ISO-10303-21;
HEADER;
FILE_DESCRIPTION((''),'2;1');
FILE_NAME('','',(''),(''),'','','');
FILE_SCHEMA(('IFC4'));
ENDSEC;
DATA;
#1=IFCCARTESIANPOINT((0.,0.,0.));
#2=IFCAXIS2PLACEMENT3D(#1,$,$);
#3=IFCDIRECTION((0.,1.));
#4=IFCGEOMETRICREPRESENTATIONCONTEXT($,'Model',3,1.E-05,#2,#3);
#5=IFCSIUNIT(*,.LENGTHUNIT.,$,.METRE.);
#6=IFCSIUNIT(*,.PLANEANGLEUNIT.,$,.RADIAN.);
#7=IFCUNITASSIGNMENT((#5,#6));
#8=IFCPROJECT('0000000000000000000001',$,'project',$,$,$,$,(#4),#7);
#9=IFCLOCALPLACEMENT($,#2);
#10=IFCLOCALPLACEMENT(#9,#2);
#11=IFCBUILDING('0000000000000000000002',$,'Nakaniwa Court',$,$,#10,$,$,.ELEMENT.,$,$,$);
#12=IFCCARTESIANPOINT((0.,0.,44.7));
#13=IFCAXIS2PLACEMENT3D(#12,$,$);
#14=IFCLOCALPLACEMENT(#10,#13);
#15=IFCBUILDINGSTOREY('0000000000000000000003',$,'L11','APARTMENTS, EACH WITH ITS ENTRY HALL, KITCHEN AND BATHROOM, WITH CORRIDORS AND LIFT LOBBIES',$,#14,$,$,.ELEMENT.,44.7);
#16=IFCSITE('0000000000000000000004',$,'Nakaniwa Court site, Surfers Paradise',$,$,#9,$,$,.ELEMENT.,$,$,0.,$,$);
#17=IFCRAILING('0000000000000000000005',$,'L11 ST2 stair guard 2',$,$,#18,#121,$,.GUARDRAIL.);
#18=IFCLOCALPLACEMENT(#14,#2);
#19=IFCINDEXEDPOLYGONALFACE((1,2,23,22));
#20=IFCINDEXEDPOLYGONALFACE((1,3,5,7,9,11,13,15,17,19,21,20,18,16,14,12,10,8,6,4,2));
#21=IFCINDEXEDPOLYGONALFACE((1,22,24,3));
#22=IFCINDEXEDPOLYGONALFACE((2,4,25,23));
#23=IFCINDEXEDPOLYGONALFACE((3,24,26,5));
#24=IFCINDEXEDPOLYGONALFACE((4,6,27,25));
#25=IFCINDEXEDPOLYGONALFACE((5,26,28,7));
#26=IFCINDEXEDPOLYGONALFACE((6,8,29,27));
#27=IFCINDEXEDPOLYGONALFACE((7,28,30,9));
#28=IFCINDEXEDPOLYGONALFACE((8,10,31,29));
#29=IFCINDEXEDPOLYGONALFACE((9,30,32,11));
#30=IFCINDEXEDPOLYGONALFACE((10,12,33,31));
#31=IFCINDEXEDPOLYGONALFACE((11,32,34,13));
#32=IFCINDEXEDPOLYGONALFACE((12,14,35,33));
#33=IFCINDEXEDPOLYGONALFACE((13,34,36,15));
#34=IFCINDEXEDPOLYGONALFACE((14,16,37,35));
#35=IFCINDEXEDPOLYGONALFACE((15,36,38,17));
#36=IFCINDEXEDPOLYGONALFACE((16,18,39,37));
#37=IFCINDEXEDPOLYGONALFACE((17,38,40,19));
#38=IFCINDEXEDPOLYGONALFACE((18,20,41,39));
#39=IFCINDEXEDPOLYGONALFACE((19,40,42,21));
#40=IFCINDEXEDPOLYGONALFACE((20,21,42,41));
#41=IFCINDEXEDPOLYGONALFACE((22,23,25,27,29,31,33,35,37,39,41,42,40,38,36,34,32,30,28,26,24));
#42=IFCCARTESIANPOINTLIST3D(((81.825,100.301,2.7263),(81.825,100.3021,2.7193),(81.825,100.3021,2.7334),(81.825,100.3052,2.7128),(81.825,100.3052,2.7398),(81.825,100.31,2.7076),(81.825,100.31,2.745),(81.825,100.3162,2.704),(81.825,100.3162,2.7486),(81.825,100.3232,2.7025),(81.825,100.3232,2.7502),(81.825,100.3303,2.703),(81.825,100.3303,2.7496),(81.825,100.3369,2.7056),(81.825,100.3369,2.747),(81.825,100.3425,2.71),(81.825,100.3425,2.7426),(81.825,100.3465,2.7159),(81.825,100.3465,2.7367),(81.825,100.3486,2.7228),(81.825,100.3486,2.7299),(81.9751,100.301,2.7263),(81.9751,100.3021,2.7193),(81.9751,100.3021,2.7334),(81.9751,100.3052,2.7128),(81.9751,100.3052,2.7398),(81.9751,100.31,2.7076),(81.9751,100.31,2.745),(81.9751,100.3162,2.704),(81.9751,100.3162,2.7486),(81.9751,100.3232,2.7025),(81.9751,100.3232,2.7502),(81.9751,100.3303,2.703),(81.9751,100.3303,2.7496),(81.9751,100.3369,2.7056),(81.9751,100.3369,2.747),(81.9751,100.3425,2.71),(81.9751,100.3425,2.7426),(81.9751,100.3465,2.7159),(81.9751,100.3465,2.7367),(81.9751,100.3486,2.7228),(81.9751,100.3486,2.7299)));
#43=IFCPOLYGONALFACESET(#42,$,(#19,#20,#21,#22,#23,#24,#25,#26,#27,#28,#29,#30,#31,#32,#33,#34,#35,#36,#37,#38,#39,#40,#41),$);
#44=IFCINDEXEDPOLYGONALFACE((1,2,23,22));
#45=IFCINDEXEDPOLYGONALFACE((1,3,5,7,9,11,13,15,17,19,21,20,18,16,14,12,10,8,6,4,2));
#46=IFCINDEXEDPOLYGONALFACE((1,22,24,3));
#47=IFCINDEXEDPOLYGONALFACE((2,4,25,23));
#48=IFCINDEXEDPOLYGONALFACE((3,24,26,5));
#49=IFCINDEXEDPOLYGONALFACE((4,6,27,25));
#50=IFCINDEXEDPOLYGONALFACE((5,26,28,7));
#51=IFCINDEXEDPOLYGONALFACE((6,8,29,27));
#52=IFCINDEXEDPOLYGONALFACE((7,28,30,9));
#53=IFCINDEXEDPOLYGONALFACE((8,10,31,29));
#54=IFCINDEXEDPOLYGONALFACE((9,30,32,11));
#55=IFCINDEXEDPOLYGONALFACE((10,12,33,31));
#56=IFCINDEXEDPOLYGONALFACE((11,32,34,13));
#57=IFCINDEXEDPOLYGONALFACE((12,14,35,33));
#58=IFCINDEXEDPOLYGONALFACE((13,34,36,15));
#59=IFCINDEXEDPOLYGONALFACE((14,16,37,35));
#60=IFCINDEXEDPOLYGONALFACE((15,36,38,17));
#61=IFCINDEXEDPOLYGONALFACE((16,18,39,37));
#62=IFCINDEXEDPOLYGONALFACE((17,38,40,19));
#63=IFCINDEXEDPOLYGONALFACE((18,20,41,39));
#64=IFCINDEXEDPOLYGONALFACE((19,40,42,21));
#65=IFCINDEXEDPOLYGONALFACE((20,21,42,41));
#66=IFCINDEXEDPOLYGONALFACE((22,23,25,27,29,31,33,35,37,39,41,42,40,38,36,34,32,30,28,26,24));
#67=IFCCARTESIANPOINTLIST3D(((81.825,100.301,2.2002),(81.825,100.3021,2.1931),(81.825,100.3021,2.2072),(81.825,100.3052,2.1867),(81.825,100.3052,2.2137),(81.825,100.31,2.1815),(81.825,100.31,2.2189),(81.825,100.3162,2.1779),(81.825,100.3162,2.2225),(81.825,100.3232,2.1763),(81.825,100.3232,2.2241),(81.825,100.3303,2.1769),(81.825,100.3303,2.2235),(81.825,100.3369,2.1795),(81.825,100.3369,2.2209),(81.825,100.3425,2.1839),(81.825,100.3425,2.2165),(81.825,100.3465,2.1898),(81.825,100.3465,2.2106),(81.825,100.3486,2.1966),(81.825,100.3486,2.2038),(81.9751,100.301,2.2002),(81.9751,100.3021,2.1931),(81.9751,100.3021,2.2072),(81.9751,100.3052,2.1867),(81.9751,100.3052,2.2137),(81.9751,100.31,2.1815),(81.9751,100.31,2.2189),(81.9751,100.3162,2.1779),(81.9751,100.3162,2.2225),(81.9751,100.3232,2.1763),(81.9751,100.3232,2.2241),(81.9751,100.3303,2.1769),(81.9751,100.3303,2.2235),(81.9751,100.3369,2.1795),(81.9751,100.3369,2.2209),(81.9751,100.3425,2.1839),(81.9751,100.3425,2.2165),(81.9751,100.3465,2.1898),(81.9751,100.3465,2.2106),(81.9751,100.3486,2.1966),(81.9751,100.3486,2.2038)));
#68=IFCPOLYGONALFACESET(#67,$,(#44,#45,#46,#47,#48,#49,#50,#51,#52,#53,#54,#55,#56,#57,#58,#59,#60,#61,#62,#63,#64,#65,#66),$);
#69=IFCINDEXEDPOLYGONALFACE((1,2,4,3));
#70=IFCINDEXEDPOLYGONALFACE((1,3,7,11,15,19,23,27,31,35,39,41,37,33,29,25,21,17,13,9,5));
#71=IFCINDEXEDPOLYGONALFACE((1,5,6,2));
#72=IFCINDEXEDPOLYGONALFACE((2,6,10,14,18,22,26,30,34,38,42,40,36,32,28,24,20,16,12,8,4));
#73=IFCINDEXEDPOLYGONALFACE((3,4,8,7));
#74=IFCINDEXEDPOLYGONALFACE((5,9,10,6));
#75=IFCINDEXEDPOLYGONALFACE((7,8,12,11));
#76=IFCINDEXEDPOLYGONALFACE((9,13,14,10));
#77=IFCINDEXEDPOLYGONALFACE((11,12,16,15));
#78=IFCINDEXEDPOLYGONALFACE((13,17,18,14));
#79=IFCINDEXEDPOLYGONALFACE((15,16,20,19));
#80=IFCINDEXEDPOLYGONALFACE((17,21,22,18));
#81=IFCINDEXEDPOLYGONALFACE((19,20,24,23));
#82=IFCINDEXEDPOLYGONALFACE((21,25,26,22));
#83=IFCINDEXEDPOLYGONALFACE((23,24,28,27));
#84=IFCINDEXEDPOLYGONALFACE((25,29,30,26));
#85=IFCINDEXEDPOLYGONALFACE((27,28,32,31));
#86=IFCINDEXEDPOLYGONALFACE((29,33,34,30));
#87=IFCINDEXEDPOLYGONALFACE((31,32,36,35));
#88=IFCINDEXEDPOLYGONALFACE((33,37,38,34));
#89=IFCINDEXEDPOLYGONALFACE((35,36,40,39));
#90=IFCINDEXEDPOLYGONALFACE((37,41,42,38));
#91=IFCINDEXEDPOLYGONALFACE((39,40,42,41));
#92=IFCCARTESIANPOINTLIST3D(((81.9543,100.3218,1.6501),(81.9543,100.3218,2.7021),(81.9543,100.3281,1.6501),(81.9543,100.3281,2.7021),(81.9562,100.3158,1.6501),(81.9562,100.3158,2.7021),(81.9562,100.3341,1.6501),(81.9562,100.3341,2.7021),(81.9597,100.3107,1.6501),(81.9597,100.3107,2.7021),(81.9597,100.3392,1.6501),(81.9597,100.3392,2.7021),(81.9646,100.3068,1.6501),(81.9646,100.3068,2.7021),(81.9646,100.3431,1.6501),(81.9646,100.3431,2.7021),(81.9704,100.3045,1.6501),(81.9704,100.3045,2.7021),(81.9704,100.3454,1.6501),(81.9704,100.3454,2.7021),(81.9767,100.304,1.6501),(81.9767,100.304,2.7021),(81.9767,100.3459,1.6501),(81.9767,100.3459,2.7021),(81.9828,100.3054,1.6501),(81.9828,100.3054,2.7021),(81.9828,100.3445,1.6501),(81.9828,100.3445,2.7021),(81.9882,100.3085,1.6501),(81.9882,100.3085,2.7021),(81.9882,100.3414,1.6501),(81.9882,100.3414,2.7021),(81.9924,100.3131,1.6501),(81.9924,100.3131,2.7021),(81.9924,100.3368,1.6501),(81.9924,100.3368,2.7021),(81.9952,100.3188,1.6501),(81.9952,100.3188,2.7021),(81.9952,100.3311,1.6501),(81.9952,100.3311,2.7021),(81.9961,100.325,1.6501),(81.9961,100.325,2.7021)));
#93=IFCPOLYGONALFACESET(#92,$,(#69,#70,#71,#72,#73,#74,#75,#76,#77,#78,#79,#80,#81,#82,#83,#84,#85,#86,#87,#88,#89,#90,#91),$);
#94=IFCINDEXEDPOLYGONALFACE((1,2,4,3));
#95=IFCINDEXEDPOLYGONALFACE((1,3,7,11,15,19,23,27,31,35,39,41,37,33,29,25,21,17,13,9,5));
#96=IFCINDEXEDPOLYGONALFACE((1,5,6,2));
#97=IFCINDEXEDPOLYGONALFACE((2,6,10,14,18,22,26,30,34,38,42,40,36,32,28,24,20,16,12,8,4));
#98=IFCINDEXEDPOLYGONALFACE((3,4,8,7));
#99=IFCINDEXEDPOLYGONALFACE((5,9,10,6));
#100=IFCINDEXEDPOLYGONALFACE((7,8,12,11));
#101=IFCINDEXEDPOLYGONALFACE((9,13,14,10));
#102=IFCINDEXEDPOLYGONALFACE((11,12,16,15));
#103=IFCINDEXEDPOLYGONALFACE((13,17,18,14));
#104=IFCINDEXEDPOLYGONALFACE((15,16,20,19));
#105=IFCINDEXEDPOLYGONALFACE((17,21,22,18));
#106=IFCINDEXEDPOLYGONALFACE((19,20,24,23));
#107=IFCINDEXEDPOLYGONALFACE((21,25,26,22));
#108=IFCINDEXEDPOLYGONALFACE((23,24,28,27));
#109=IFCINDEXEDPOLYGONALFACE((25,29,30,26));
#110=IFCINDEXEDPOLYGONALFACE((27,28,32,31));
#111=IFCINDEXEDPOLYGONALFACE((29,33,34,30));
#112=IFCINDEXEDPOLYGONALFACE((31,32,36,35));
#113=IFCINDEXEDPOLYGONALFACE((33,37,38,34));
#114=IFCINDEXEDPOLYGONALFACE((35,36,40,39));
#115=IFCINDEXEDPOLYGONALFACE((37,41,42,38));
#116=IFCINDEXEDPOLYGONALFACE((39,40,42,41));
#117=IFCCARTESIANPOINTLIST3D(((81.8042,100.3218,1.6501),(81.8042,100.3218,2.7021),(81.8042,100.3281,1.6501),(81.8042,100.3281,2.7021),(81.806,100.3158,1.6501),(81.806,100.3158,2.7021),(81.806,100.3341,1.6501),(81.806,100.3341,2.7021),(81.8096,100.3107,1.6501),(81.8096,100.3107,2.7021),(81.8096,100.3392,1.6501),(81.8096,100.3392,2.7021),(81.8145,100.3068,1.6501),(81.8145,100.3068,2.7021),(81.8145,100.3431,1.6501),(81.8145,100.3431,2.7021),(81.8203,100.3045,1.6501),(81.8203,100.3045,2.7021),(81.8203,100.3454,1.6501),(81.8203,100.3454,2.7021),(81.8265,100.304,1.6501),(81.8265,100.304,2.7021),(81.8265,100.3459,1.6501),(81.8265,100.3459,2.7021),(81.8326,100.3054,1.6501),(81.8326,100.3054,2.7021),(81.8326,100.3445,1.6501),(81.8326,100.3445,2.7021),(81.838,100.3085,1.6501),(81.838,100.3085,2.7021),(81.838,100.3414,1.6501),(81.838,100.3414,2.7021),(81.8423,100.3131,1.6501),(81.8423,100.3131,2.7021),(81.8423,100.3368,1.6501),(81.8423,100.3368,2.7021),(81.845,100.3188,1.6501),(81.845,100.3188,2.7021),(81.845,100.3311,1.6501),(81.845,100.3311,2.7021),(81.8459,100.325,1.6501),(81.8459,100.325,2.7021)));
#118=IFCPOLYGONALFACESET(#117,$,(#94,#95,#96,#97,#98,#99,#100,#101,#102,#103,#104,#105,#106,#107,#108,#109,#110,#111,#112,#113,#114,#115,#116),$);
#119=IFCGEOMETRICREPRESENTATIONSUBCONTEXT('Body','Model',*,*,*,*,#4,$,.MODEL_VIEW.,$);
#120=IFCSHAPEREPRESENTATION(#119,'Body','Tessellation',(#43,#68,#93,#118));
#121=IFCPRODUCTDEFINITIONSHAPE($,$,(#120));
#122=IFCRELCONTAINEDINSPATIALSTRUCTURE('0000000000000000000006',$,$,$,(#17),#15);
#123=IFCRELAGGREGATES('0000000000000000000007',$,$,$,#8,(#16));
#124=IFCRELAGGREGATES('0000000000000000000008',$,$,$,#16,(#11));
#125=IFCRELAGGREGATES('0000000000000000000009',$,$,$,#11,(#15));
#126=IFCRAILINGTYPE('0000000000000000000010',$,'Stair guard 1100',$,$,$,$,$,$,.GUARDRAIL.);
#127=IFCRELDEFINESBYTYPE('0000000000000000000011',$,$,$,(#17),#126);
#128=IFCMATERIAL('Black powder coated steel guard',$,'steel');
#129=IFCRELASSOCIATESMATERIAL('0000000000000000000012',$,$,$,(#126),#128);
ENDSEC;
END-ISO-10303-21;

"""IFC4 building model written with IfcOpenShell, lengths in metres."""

from ifc_helpers import new_model, si_unit, direction, frame, origin, origin_2d, place, context, subcontext, project, spatial, circle, extrude, material, type_object, element, save


model = new_model("IFC4")

# Units and contexts
model_context = context("Model", 3, precision=1e-05, world=origin(), true_north=direction((0.0, 1.0)))
body_context = subcontext(model_context, "Body", "Model", "MODEL_VIEW")
ifc_project = project(units=[si_unit("LENGTHUNIT", "METRE"), si_unit("PLANEANGLEUNIT", "RADIAN")], contexts=[model_context])

# Site, building, storey
site_placement = place(None, origin())
site = spatial("IfcSite", under=ifc_project, at=site_placement, Name="Nakaniwa Court site, Surfers Paradise", CompositionType="ELEMENT", RefElevation=0.0)
building_placement = place(site_placement, origin())
building = spatial("IfcBuilding", under=site, at=building_placement, Name="Nakaniwa Court", CompositionType="ELEMENT")
storey_placement = place(building_placement, frame((0.0, 0.0, 44.7)))
storey = spatial("IfcBuildingStorey", under=building, at=storey_placement, Name="L11", Description="APARTMENTS, EACH WITH ITS ENTRY HALL, KITCHEN AND BATHROOM, WITH CORRIDORS AND LIFT LOBBIES", CompositionType="ELEMENT", Elevation=44.7)

# Railing
ifc_material_1 = material(Name="Black powder coated steel guard", Category="steel")
railing_type_1 = type_object("IfcRailingType", Name="Stair guard 1100", PredefinedType="GUARDRAIL", material=ifc_material_1)
railing_1_placement = place(storey_placement, frame((81.9751, 100.325, 1.6501)))
element("IfcRailing", 1, at=railing_1_placement, inside=storey, type_object=railing_type_1, Name="L11 ST2 stair guard 2", PredefinedType="GUARDRAIL", context=body_context, shape_type="SweptSolid", body=[
    extrude(circle(Radius=0.0239, at=origin_2d()), frame((0.0, 0.0, 1.0762), z_axis=(-1.0, 0.0, 0.0), x_axis=(0.0, -1.0, 0.0)), (0.0, 0.0, 1.0), 0.1501),
    extrude(circle(Radius=0.0239, at=origin_2d()), frame((0.0, 0.0, 0.55), z_axis=(-1.0, 0.0, 0.0), x_axis=(0.0, -1.0, 0.0)), (0.0, 0.0, 1.0), 0.1501),
    extrude(circle(Radius=0.021, at=origin_2d()), origin(), (0.0, 0.0, 1.0), 1.052),
    extrude(circle(Radius=0.021, at=origin_2d()), frame((-0.1501, 0.0, 0.0)), (0.0, 0.0, 1.0), 1.052),
])

save(model, "model.ifc")
